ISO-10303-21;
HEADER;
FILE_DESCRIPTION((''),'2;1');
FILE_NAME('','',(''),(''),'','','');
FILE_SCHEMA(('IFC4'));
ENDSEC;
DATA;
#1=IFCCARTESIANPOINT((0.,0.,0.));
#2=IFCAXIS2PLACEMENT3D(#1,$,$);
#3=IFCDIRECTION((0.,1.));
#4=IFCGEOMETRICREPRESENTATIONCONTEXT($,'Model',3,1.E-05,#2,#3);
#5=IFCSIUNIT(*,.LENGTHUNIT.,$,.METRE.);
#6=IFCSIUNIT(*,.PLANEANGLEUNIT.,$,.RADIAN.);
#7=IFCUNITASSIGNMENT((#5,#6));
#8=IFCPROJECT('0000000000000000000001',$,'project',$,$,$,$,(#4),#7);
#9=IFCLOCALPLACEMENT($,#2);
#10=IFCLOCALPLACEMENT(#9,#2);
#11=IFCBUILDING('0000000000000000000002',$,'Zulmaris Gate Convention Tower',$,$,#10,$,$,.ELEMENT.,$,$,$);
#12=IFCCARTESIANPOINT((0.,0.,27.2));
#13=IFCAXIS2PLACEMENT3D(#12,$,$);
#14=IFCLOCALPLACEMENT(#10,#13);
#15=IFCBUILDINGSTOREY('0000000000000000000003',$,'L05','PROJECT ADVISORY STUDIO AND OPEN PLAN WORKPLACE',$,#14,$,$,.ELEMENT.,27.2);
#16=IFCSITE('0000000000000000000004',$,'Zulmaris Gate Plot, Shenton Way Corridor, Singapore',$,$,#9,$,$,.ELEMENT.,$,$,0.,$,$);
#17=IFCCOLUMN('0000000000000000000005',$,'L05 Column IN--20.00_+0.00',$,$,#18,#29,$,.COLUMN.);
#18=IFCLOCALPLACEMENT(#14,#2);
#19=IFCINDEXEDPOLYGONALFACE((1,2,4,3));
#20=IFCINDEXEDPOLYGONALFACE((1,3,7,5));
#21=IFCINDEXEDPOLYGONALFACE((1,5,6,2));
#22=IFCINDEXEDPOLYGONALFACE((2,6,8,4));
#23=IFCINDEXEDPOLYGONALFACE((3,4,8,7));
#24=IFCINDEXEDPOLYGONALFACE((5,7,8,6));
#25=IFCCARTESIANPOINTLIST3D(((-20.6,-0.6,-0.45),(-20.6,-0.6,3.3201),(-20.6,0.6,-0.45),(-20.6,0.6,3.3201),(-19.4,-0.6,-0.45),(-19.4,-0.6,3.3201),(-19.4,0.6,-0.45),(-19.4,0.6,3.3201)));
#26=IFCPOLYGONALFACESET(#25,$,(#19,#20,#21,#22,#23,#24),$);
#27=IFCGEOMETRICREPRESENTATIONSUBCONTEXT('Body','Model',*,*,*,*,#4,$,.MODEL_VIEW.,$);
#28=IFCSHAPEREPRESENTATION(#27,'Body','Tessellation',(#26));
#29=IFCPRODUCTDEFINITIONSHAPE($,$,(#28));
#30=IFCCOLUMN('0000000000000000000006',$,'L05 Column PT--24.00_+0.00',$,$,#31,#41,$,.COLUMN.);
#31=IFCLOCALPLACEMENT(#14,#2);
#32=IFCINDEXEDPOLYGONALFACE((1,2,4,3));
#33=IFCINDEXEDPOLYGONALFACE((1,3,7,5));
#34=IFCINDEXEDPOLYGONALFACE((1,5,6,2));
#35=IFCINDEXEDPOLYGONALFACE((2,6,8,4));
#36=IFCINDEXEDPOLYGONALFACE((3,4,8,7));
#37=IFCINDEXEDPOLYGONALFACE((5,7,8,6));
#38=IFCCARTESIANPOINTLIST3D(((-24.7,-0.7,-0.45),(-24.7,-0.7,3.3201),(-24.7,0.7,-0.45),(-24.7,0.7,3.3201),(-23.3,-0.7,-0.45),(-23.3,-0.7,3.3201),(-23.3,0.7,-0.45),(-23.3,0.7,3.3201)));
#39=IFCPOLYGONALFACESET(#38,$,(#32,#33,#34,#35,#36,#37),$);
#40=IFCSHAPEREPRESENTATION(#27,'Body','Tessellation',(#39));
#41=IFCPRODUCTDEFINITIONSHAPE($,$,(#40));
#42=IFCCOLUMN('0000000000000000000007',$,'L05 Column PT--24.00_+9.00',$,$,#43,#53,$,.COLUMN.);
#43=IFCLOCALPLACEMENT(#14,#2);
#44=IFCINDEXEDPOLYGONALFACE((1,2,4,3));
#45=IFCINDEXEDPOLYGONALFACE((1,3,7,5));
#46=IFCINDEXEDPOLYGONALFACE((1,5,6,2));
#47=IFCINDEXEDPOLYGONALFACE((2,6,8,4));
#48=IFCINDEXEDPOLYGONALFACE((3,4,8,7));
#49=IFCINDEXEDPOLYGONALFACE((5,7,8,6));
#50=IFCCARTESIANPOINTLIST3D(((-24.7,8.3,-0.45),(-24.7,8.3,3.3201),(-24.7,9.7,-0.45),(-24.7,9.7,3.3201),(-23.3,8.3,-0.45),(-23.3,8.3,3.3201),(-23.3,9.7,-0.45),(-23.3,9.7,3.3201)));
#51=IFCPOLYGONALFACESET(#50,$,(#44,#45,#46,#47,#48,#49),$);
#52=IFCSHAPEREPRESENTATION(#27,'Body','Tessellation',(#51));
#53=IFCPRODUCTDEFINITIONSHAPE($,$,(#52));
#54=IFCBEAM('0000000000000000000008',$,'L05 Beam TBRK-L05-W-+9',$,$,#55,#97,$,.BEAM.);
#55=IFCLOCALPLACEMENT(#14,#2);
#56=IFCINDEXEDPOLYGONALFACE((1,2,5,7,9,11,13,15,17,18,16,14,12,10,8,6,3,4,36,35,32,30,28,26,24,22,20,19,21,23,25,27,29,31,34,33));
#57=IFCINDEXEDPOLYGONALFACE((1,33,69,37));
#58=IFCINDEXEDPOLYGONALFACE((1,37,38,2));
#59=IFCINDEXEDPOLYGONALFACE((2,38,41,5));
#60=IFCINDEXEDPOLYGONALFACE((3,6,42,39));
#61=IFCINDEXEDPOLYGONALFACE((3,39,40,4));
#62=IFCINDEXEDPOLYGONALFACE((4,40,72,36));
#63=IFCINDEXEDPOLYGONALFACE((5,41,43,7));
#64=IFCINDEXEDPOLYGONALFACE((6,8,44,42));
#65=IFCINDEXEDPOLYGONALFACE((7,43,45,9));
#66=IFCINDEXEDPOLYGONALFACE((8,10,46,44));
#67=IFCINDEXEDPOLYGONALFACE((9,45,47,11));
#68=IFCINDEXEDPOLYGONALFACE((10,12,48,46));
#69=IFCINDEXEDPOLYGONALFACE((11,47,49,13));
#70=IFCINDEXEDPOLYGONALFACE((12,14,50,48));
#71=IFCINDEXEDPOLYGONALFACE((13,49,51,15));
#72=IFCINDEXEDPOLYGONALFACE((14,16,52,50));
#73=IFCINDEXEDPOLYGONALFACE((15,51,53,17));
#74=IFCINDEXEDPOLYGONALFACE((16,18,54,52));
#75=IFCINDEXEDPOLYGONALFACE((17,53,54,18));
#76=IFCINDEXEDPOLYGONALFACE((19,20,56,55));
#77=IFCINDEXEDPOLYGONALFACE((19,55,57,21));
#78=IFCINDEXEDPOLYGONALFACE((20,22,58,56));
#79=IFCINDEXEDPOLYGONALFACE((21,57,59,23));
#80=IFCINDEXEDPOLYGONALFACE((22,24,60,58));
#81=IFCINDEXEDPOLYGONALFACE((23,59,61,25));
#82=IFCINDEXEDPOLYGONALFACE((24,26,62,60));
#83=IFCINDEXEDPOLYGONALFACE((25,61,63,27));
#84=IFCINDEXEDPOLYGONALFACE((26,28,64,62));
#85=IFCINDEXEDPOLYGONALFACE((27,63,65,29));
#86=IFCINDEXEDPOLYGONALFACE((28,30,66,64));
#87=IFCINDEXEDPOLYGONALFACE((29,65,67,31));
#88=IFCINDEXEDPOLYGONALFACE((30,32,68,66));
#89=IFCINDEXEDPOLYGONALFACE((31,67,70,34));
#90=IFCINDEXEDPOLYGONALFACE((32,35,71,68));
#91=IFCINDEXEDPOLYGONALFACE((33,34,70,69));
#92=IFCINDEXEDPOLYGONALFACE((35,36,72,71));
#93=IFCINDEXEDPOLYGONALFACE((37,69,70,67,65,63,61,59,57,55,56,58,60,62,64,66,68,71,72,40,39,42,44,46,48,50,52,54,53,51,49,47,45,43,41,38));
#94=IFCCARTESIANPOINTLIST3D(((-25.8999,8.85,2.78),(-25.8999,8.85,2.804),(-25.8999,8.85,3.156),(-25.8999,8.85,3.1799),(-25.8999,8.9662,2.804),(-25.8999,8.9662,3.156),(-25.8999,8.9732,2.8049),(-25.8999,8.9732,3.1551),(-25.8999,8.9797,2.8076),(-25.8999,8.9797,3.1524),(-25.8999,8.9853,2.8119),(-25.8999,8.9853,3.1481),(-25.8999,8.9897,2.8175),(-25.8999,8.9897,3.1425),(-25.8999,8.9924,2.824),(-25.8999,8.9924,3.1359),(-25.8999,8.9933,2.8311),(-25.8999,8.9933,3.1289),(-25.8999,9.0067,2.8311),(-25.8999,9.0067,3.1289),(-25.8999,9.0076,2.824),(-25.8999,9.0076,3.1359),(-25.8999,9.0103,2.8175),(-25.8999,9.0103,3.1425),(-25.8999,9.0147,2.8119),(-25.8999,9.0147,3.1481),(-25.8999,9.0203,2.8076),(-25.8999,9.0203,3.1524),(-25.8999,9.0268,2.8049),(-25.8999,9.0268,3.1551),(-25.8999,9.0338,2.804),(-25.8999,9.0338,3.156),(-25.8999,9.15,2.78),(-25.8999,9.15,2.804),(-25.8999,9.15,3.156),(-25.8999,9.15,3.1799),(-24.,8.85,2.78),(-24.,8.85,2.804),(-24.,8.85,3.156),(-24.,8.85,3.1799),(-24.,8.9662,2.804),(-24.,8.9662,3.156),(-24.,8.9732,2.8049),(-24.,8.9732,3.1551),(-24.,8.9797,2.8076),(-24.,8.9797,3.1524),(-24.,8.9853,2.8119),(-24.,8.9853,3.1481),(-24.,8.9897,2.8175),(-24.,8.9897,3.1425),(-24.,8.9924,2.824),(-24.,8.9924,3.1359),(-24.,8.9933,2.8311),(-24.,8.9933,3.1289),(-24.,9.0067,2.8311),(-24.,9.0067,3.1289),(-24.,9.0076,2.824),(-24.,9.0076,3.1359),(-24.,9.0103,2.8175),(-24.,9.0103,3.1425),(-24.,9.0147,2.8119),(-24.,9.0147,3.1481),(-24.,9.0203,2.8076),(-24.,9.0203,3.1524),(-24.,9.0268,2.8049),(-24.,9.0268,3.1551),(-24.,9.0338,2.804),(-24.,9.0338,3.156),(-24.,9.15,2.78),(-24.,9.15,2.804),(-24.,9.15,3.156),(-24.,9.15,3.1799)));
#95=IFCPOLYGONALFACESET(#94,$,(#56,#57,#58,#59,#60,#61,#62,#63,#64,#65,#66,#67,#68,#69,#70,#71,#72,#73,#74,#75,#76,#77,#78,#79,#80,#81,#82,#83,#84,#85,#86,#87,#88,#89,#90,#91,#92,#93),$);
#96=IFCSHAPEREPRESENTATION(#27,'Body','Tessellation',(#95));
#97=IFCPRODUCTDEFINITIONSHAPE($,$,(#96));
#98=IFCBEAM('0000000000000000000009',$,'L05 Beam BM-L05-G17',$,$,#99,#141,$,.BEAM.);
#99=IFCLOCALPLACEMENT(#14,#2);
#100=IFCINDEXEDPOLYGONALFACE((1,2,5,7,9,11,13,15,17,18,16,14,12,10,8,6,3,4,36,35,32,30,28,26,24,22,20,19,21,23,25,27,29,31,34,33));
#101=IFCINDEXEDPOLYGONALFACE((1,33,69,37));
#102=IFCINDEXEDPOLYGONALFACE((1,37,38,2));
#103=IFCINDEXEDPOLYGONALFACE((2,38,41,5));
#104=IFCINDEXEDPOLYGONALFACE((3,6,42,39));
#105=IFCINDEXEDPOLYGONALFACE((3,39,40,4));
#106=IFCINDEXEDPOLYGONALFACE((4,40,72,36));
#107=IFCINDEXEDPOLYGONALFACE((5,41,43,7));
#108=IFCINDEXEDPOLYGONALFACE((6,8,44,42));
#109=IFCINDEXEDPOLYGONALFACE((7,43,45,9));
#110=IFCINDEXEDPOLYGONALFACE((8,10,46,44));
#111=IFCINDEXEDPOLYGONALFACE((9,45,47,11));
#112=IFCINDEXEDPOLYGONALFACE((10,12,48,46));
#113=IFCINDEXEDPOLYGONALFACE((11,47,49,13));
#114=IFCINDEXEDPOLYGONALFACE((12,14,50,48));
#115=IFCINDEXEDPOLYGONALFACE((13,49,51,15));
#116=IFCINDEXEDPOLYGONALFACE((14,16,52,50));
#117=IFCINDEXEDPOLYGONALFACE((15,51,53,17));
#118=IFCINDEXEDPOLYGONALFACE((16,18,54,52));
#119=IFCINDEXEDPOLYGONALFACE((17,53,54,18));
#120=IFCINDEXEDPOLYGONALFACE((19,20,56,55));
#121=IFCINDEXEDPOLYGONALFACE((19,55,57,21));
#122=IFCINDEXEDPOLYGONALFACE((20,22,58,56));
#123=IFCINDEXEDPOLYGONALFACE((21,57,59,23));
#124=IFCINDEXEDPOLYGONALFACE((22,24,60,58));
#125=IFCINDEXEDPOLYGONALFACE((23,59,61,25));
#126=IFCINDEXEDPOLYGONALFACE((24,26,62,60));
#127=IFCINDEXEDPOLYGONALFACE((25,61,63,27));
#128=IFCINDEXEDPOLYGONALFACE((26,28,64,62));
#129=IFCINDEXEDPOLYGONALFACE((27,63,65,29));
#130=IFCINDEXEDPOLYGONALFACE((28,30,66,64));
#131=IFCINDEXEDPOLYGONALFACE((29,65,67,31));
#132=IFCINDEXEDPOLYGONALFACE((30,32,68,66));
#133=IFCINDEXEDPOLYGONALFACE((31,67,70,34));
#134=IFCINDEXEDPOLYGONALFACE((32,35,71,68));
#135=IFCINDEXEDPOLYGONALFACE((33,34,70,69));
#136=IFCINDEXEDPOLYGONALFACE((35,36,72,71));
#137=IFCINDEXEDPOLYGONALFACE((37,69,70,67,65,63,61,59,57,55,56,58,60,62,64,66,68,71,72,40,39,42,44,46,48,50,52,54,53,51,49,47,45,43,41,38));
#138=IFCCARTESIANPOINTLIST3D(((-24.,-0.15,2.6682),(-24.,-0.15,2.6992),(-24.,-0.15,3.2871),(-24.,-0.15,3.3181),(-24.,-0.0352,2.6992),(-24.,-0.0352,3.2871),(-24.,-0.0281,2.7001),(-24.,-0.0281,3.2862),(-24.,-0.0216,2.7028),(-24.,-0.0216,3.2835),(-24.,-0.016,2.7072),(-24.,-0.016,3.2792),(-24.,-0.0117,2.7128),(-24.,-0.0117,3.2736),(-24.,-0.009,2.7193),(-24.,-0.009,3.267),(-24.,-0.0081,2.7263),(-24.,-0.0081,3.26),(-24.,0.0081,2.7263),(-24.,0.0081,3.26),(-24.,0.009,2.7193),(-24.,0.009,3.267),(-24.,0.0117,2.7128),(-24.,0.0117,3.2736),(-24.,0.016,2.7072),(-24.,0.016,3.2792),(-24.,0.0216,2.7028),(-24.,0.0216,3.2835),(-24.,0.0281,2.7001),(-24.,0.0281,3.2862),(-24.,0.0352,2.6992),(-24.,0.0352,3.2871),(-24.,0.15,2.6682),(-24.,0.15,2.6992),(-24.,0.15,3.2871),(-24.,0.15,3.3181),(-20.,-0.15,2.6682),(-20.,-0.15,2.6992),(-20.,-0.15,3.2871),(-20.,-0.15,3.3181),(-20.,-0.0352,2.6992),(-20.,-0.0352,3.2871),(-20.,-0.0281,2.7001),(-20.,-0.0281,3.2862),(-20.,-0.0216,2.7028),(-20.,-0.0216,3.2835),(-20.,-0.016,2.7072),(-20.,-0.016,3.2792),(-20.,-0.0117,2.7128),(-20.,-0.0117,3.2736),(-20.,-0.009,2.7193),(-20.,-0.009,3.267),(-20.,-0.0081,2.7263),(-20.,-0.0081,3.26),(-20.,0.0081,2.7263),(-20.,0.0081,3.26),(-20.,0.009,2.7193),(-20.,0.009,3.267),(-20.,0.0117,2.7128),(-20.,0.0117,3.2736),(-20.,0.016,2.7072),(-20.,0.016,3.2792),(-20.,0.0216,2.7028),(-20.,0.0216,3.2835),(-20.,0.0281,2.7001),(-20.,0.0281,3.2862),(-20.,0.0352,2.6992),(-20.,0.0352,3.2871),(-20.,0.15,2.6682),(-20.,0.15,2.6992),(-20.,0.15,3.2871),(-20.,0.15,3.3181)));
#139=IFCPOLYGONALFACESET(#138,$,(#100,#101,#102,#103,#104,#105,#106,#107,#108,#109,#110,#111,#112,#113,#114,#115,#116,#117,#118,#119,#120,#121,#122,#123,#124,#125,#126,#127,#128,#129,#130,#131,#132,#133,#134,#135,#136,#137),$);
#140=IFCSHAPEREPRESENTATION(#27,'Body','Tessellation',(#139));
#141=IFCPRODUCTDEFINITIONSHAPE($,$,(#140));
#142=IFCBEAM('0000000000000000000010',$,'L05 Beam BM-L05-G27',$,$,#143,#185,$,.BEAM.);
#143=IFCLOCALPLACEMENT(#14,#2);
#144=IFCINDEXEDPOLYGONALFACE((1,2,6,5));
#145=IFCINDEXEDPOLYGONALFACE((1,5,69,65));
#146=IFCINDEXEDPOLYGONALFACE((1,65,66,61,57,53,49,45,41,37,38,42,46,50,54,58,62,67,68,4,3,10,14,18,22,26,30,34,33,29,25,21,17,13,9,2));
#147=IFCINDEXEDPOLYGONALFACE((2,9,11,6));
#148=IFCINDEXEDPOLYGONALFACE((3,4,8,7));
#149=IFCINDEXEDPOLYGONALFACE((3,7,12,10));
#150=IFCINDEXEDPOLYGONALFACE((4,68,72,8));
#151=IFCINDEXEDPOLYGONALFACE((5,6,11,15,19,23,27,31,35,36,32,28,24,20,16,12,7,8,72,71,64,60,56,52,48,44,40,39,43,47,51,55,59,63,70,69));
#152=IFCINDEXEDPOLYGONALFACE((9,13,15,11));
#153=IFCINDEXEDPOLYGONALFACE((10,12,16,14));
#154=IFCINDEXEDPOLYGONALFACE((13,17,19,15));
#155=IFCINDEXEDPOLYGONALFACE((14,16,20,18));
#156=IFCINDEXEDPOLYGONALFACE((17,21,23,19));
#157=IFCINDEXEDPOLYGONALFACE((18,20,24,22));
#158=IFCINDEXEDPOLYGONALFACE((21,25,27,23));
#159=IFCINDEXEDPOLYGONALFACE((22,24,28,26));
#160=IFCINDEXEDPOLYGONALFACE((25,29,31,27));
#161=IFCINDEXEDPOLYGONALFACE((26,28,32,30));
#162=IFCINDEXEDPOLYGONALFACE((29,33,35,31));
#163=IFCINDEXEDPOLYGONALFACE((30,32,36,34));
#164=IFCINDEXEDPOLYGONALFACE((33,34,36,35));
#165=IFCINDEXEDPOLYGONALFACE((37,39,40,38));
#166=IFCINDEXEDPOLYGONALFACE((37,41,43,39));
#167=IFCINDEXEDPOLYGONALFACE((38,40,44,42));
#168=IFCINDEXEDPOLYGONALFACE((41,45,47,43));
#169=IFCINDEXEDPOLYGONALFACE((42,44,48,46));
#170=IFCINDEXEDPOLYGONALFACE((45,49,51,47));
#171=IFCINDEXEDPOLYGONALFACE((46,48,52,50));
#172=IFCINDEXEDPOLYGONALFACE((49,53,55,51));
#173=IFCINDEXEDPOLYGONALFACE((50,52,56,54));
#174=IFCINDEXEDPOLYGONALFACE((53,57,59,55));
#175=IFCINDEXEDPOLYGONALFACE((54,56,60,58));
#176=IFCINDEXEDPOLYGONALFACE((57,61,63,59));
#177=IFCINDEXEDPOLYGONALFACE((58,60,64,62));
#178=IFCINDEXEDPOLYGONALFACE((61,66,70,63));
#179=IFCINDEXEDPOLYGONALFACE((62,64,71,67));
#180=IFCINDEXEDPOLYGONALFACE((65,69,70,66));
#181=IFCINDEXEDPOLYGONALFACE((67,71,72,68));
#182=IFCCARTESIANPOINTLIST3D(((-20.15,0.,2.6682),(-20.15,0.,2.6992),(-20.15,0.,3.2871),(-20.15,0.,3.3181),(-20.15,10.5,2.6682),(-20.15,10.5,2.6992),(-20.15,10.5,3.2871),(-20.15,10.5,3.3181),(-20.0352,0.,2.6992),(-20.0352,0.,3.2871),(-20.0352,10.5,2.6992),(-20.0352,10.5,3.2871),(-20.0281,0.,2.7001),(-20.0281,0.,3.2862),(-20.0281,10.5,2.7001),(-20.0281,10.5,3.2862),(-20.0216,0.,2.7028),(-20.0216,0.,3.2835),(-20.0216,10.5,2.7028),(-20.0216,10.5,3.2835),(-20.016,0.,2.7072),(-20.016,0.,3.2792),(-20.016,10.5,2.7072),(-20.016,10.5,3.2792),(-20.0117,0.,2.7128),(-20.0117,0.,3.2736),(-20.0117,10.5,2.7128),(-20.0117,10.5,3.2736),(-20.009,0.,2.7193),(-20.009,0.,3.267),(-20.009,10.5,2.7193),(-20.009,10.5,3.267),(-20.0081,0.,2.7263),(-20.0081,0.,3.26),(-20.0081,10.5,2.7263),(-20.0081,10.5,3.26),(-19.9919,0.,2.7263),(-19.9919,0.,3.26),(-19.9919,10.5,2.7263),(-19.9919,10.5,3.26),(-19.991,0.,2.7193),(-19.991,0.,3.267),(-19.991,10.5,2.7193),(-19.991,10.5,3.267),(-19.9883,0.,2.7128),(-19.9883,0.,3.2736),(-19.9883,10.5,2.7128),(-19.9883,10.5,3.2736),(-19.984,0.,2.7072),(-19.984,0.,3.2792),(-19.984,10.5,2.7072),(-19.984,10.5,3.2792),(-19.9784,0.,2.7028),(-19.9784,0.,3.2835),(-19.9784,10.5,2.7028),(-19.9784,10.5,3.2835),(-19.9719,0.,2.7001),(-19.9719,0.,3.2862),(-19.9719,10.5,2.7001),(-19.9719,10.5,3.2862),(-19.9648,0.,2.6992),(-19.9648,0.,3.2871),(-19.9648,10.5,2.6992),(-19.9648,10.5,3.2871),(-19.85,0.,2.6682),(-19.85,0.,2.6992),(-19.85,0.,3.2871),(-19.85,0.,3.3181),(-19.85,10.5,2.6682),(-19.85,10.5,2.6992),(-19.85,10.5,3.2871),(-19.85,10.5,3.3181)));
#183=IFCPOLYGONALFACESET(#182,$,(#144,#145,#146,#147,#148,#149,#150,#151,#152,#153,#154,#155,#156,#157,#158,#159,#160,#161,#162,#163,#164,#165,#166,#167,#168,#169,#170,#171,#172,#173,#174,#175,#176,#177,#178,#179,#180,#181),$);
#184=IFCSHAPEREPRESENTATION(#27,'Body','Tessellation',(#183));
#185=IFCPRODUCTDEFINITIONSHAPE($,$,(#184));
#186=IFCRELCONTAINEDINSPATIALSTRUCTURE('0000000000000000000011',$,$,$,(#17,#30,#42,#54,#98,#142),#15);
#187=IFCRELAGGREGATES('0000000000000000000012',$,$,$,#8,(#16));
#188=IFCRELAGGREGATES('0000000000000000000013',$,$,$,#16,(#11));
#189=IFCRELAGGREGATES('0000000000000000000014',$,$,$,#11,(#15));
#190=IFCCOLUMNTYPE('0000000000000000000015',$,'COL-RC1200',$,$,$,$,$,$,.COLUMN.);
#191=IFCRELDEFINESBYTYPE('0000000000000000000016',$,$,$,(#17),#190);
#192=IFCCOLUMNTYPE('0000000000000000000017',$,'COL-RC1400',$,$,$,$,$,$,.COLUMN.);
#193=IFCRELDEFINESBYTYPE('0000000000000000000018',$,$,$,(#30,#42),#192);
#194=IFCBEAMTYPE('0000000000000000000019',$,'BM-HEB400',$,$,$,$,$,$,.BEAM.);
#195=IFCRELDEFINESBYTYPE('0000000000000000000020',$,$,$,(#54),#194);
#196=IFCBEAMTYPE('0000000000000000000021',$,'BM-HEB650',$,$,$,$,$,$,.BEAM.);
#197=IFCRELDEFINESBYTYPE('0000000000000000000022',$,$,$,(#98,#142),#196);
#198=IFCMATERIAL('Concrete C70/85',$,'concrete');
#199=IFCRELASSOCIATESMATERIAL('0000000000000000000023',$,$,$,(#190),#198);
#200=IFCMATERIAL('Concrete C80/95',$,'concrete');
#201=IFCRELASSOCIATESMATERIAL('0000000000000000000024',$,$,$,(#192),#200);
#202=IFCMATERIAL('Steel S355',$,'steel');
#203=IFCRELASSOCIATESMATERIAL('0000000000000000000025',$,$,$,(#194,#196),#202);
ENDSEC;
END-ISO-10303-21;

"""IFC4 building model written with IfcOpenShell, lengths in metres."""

from ifc_helpers import new_model, si_unit, direction, frame, origin, origin_2d, place, context, subcontext, project, spatial, rectangle, i_section, extrude, material, material_profile, profile_set, type_object, element, save


model = new_model("IFC4")

# Units and contexts
model_context = context("Model", 3, precision=1e-05, world=origin(), true_north=direction((0.0, 1.0)))
body_context = subcontext(model_context, "Body", "Model", "MODEL_VIEW")
ifc_project = project(units=[si_unit("LENGTHUNIT", "METRE"), si_unit("PLANEANGLEUNIT", "RADIAN")], contexts=[model_context])

# Site, building, storey
site_placement = place(None, origin())
site = spatial("IfcSite", under=ifc_project, at=site_placement, Name="Zulmaris Gate Plot, Shenton Way Corridor, Singapore", CompositionType="ELEMENT", RefElevation=0.0)
building_placement = place(site_placement, origin())
building = spatial("IfcBuilding", under=site, at=building_placement, Name="Zulmaris Gate Convention Tower", CompositionType="ELEMENT")
storey_placement = place(building_placement, frame((0.0, 0.0, 27.2)))
storey = spatial("IfcBuildingStorey", under=building, at=storey_placement, Name="L05", Description="PROJECT ADVISORY STUDIO AND OPEN PLAN WORKPLACE", CompositionType="ELEMENT", Elevation=27.2)

# Columns
ifc_material_1 = material(Name="Concrete C70/85", Category="concrete")
ifc_material_profile_1 = material_profile(ifc_material_1, rectangle(XDim=1.2, YDim=1.2, at=origin_2d()), Name="RC COL 1200x1200")
ifc_profile_set_1 = profile_set([ifc_material_profile_1], Name="Concrete C70/85")
column_type_1 = type_object("IfcColumnType", Name="COL-RC1200", PredefinedType="COLUMN", material=ifc_profile_set_1)
column_placement = place(storey_placement, frame((-20.0, 0.0, -0.45), z_axis=(0.0, 0.0, 1.0), x_axis=(1.0, 0.0, 0.0)))
element("IfcColumn", 1, at=column_placement, inside=storey, type_object=column_type_1, Name="L05 Column IN--20.00_+0.00", PredefinedType="COLUMN", context=body_context, shape_type="SweptSolid", body=[
    extrude(rectangle(XDim=1.2, YDim=1.2, at=origin_2d()), origin(), (0.0, 0.0, 1.0), 3.77),
])
ifc_material_2 = material(Name="Concrete C80/95", Category="concrete")
ifc_material_profile_2 = material_profile(ifc_material_2, rectangle(XDim=1.3999, YDim=1.3999, at=origin_2d()), Name="RC COL 1400x1400")
ifc_profile_set_2 = profile_set([ifc_material_profile_2], Name="Concrete C80/95")
column_type_2 = type_object("IfcColumnType", Name="COL-RC1400", PredefinedType="COLUMN", material=ifc_profile_set_2)
for number, where, z_axis, x_axis, name in (
    (2, (-24.0, 0.0, -0.45), (0.0, 0.0, 1.0), (1.0, 0.0, 0.0), "L05 Column PT--24.00_+0.00"),
    (3, (-24.0, 9.0, -0.45), (0.0, 0.0, 1.0), (1.0, 0.0, 0.0), "L05 Column PT--24.00_+9.00"),
):
    element("IfcColumn", number, at=place(storey_placement, frame(where, z_axis=z_axis, x_axis=x_axis)), inside=storey, type_object=column_type_2, Name=name, PredefinedType="COLUMN", context=body_context, shape_type="SweptSolid", body=[
        extrude(rectangle(XDim=1.3999, YDim=1.3999, at=origin_2d()), origin(), (0.0, 0.0, 1.0), 3.77),
    ])

# Beams
ifc_material_3 = material(Name="Steel S355", Category="steel")
ifc_material_profile_3 = material_profile(ifc_material_3, i_section(OverallWidth=0.3, OverallDepth=0.3999, WebThickness=0.0134, FlangeThickness=0.0239, FilletRadius=0.0271, at=origin_2d()), Name="HEB 400")
ifc_profile_set_3 = profile_set([ifc_material_profile_3], Name="Steel S355")
beam_type_1 = type_object("IfcBeamType", Name="BM-HEB400", PredefinedType="BEAM", material=ifc_profile_set_3)
beam_1_placement = place(storey_placement, frame((-25.8999, 9.0, 2.98), z_axis=(1.0, 0.0, 0.0), x_axis=(0.0, 1.0, 0.0)))
element("IfcBeam", 4, at=beam_1_placement, inside=storey, type_object=beam_type_1, Name="L05 Beam TBRK-L05-W-+9", PredefinedType="BEAM", context=body_context, shape_type="SweptSolid", body=[
    extrude(i_section(OverallWidth=0.3, OverallDepth=0.3999, WebThickness=0.0134, FlangeThickness=0.0239, FilletRadius=0.0271, at=origin_2d()), origin(), (0.0, 0.0, 1.0), 1.8999),
])
ifc_material_profile_4 = material_profile(ifc_material_3, i_section(OverallWidth=0.3, OverallDepth=0.6499, WebThickness=0.0161, FlangeThickness=0.031, FilletRadius=0.0271, at=origin_2d()), Name="HEB 650")
ifc_profile_set_4 = profile_set([ifc_material_profile_4], Name="Steel S355")
beam_type_2 = type_object("IfcBeamType", Name="BM-HEB650", PredefinedType="BEAM", material=ifc_profile_set_4)
beam_2_placement = place(storey_placement, frame((-24.0, 0.0, 2.9932), z_axis=(1.0, 0.0, 0.0), x_axis=(0.0, 1.0, 0.0)))
element("IfcBeam", 5, at=beam_2_placement, inside=storey, type_object=beam_type_2, Name="L05 Beam BM-L05-G17", PredefinedType="BEAM", context=body_context, shape_type="SweptSolid", body=[
    extrude(i_section(OverallWidth=0.3, OverallDepth=0.6499, WebThickness=0.0161, FlangeThickness=0.031, FilletRadius=0.0271, at=origin_2d()), origin(), (0.0, 0.0, 1.0), 4.0),
])
beam_3_placement = place(storey_placement, frame((-20.0, 0.0, 2.9932), z_axis=(0.0, 1.0, 0.0), x_axis=(-1.0, 0.0, 0.0)))
element("IfcBeam", 6, at=beam_3_placement, inside=storey, type_object=beam_type_2, Name="L05 Beam BM-L05-G27", PredefinedType="BEAM", context=body_context, shape_type="SweptSolid", body=[
    extrude(i_section(OverallWidth=0.3, OverallDepth=0.6499, WebThickness=0.0161, FlangeThickness=0.031, FilletRadius=0.0271, at=origin_2d()), origin(), (0.0, 0.0, 1.0), 10.5),
])

save(model, "model.ifc")
